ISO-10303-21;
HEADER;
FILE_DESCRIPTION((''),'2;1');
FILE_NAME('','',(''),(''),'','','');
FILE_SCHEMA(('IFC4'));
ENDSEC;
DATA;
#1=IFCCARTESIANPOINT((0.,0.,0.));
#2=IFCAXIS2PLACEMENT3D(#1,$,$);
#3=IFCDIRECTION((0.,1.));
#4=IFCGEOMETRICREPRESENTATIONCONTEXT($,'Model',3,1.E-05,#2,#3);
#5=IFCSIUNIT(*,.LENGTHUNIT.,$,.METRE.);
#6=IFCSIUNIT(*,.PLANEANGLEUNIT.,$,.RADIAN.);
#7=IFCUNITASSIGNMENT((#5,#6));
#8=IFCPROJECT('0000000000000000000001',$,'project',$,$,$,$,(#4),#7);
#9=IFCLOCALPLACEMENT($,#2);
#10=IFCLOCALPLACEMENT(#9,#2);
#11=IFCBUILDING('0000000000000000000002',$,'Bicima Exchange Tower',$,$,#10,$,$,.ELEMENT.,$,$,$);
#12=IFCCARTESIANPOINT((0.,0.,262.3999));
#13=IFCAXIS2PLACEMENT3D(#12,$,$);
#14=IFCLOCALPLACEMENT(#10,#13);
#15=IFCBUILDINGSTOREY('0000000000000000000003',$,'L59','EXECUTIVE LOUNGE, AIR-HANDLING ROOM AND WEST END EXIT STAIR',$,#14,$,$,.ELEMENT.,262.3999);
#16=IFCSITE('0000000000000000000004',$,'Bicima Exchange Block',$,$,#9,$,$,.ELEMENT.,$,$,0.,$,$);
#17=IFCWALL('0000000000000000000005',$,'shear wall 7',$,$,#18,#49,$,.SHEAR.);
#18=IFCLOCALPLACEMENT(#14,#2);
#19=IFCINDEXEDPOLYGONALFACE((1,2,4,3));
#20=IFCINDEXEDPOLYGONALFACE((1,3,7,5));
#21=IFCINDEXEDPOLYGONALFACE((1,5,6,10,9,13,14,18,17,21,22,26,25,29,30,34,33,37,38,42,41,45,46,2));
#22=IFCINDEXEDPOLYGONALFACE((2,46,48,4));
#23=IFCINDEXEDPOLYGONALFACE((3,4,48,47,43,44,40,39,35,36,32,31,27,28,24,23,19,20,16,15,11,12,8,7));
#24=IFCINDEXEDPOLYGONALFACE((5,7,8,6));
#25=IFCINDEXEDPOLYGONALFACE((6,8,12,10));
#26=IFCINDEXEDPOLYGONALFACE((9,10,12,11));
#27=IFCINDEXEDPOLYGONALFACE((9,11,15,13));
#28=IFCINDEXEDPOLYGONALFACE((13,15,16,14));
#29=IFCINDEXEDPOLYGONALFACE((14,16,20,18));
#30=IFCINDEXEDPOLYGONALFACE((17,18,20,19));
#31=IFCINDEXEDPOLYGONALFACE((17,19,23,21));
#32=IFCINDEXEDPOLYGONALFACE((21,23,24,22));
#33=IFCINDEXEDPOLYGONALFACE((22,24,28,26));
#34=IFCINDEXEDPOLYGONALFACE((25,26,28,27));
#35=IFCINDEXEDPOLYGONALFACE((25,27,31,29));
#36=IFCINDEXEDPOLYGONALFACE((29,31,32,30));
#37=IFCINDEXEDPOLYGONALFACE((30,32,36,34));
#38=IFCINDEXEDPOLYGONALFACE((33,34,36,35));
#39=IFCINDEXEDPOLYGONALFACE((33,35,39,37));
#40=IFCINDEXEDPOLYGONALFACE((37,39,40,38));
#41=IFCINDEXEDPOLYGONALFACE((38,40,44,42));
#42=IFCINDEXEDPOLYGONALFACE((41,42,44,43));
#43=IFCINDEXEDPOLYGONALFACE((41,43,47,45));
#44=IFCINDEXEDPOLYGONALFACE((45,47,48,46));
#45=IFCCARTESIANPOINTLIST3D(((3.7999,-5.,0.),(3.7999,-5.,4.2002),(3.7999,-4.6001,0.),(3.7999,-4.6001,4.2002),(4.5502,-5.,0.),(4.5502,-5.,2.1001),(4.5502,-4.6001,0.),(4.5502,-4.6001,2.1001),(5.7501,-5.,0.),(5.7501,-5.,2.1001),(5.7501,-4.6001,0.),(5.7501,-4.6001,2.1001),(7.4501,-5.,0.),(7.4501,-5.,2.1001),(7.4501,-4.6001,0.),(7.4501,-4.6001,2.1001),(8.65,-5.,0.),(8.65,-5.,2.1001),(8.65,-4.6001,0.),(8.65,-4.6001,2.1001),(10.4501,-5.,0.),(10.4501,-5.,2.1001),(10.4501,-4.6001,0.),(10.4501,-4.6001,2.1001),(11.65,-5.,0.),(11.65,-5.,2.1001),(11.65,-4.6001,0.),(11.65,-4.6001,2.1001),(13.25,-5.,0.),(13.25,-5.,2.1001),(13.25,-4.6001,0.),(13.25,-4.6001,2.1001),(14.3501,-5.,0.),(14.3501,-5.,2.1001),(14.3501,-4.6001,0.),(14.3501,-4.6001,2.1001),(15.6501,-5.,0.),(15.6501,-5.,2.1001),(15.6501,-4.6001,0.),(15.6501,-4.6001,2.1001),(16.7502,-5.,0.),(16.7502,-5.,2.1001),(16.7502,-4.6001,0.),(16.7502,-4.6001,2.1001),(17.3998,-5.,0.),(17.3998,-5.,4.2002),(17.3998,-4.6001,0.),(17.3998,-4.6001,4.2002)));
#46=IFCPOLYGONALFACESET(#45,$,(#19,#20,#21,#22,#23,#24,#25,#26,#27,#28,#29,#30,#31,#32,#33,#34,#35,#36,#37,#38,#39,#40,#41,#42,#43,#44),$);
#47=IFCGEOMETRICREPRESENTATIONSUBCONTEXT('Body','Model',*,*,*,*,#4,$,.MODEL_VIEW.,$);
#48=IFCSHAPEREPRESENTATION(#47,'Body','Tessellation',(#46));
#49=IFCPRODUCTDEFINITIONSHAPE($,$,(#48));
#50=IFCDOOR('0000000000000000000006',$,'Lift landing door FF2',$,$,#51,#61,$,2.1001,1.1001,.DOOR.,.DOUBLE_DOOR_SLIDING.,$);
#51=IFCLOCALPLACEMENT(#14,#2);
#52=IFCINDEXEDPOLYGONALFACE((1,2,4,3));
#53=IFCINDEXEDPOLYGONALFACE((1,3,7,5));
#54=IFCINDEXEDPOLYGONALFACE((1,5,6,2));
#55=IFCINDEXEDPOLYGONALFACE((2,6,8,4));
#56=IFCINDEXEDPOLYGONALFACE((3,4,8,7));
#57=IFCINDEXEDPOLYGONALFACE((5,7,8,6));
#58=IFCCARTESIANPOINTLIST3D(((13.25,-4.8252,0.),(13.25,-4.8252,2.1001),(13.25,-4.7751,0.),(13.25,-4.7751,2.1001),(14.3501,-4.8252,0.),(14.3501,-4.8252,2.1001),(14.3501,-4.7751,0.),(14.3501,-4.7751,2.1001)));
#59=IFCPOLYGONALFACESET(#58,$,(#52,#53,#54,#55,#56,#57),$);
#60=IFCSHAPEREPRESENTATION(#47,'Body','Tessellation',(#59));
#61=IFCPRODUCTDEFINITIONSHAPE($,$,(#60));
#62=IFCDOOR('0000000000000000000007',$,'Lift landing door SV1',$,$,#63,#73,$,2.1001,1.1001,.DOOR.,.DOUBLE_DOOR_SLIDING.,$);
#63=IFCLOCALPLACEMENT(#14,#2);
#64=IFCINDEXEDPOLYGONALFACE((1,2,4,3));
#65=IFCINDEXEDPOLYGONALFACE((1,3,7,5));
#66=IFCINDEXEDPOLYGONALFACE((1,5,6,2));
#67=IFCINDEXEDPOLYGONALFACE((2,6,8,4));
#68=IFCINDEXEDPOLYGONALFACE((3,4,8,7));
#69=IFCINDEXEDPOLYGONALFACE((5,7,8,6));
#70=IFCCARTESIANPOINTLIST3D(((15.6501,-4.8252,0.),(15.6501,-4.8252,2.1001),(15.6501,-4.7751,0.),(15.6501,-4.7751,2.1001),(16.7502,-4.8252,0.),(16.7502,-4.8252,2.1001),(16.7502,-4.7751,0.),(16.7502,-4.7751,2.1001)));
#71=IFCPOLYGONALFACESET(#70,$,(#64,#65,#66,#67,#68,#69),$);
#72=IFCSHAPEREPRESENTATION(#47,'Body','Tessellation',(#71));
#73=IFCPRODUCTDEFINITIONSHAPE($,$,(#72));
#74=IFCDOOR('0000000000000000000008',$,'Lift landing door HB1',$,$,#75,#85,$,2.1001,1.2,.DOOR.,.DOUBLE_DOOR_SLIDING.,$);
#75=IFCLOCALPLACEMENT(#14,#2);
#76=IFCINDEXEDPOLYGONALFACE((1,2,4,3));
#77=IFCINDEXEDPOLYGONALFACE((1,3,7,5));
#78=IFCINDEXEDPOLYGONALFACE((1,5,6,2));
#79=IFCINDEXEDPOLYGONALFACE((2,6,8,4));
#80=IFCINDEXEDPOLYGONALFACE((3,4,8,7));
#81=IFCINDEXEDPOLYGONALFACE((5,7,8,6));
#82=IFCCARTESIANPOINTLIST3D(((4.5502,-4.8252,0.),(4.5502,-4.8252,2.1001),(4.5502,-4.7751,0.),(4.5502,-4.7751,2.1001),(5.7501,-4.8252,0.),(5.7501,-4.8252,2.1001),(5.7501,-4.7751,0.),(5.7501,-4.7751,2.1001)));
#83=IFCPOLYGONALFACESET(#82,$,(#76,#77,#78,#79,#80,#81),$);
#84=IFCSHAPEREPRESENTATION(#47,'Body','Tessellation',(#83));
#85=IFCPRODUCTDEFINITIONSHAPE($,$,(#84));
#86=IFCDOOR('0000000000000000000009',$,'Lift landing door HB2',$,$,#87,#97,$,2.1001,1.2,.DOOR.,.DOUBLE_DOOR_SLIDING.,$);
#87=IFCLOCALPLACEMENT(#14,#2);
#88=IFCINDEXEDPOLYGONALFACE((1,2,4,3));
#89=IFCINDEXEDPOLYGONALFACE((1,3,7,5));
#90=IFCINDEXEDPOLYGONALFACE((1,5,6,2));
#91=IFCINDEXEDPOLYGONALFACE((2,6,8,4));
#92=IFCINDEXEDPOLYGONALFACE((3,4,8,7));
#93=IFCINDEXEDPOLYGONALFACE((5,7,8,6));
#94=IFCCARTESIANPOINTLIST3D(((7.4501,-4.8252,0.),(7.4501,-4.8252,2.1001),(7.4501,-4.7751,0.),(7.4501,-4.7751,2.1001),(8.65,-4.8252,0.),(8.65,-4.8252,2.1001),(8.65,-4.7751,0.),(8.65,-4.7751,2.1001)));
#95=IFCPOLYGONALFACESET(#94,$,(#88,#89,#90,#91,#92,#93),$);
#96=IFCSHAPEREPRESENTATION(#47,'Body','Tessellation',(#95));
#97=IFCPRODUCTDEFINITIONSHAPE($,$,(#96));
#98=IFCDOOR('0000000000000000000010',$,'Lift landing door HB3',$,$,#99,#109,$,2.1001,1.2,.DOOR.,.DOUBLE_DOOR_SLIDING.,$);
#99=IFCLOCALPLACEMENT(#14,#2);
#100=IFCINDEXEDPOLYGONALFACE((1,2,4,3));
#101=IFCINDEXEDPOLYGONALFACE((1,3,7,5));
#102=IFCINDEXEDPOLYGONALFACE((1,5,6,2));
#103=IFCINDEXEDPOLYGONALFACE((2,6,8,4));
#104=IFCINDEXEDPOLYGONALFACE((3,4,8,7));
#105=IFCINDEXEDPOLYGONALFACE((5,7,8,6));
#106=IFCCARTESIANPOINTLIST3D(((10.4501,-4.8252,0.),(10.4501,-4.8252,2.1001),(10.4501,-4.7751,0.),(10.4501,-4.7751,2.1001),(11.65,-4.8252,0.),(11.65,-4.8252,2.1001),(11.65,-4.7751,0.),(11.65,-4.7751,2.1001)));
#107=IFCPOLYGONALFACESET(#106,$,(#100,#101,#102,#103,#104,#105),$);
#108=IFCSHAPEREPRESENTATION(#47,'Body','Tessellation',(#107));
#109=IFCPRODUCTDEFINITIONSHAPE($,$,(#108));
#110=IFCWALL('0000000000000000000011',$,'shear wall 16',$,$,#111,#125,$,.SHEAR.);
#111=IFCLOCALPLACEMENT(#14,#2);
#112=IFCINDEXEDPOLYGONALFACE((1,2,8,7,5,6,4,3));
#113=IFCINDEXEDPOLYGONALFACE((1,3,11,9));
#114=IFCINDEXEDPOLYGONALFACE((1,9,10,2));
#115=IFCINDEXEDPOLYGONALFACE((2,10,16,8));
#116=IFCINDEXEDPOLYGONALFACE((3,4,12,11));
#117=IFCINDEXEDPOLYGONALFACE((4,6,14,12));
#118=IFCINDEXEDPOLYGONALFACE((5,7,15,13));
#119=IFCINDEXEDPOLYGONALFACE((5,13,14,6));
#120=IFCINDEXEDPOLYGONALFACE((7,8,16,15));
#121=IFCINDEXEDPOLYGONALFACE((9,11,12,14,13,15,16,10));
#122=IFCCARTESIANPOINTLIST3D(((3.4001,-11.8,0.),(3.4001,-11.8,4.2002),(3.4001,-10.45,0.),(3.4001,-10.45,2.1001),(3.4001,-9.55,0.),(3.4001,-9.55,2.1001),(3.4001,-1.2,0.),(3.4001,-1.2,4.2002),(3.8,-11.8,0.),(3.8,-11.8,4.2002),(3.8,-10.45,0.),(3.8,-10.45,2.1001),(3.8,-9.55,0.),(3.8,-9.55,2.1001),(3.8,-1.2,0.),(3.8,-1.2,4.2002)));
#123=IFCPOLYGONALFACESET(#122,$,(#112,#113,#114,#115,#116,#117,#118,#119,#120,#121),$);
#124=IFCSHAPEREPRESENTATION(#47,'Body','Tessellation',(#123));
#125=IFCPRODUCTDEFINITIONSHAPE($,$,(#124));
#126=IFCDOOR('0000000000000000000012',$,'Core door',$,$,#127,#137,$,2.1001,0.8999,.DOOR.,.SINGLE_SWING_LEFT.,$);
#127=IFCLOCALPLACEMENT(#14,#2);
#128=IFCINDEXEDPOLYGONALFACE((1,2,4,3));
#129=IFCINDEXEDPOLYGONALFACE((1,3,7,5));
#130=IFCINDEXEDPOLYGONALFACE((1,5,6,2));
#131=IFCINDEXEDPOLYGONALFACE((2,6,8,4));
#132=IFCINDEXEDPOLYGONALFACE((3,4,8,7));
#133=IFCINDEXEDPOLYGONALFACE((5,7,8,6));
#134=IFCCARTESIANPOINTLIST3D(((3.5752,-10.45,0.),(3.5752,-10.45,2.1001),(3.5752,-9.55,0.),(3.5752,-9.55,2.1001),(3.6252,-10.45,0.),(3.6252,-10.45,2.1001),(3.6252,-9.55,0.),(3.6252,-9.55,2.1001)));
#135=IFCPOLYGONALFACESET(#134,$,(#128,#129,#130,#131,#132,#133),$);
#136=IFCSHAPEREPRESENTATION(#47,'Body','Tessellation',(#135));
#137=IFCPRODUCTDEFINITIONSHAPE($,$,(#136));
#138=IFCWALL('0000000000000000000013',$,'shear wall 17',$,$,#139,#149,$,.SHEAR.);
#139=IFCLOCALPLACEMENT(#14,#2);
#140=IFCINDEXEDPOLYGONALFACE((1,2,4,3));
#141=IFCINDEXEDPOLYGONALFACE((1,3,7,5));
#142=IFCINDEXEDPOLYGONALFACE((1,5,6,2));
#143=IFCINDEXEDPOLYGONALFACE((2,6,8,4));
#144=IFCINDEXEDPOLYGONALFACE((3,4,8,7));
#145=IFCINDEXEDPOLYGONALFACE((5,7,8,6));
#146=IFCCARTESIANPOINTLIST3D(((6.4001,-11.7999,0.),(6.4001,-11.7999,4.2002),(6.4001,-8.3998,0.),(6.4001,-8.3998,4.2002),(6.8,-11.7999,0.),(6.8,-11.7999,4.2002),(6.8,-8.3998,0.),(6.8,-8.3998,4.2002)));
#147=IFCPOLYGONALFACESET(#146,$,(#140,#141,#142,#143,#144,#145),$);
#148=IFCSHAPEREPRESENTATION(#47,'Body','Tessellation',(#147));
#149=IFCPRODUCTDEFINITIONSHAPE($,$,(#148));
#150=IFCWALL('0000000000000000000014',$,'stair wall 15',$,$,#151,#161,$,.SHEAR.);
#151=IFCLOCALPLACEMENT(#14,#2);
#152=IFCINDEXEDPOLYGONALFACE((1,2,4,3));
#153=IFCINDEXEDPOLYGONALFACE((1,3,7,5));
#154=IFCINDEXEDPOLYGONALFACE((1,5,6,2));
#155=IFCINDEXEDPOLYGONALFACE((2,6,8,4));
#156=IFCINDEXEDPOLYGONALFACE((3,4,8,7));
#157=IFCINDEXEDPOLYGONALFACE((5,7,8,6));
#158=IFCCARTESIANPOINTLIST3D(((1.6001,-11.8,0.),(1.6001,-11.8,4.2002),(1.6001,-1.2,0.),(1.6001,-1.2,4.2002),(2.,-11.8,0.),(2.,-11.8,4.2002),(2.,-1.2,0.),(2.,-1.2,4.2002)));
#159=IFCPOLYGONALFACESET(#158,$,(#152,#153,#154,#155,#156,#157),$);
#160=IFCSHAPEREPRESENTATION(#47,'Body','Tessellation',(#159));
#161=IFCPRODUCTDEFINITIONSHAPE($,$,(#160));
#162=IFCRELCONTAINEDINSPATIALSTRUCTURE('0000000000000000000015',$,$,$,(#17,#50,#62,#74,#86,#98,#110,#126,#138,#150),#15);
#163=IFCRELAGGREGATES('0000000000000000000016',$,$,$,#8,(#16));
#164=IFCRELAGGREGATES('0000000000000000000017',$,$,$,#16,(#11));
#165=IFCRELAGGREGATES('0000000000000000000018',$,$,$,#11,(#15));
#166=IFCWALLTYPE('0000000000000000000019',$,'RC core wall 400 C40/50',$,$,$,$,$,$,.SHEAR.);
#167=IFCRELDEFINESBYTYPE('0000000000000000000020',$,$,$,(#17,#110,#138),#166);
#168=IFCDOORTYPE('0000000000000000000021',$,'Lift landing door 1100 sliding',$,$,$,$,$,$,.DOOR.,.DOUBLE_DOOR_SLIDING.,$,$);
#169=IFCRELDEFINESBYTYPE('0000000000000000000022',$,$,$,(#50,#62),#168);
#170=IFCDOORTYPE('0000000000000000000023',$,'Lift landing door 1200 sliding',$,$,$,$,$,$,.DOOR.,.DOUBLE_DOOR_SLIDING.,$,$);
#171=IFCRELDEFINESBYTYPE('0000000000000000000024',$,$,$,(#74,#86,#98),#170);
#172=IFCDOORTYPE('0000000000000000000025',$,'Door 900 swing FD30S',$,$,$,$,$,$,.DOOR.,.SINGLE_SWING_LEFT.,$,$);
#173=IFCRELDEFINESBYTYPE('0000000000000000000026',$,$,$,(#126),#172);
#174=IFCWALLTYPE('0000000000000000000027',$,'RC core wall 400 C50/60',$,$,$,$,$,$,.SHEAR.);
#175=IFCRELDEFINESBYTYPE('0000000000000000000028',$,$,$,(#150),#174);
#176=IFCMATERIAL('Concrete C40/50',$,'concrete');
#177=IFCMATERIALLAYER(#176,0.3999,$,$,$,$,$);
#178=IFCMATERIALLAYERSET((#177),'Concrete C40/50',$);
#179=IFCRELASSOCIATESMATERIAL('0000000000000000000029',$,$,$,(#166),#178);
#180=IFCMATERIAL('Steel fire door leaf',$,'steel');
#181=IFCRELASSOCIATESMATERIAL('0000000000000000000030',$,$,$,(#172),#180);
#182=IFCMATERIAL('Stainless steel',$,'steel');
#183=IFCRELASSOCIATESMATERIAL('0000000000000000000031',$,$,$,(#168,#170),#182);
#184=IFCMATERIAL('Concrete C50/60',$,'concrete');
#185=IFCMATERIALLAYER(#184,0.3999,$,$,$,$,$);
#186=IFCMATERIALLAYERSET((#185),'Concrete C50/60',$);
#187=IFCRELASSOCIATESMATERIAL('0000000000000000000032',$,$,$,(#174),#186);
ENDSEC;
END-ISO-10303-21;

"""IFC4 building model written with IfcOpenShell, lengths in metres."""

from ifc_helpers import new_model, si_unit, direction, frame, frame_2d, origin, place, context, subcontext, project, spatial, rectangle, extrude, material, layer, layer_set, type_object, element, fill, save


model = new_model("IFC4")

# Units and contexts
model_context = context("Model", 3, precision=1e-05, world=origin(), true_north=direction((0.0, 1.0)))
body_context = subcontext(model_context, "Body", "Model", "MODEL_VIEW")
ifc_project = project(units=[si_unit("LENGTHUNIT", "METRE"), si_unit("PLANEANGLEUNIT", "RADIAN")], contexts=[model_context])

# Site, building, storey
site_placement = place(None, origin())
site = spatial("IfcSite", under=ifc_project, at=site_placement, Name="Bicima Exchange Block", CompositionType="ELEMENT", RefElevation=0.0)
building_placement = place(site_placement, origin())
building = spatial("IfcBuilding", under=site, at=building_placement, Name="Bicima Exchange Tower", CompositionType="ELEMENT")
storey_placement = place(building_placement, frame((0.0, 0.0, 262.3999)))
storey = spatial("IfcBuildingStorey", under=building, at=storey_placement, Name="L59", Description="EXECUTIVE LOUNGE, AIR-HANDLING ROOM AND WEST END EXIT STAIR", CompositionType="ELEMENT", Elevation=262.3999)

# Shared definitions
ifc_material_1 = material(Name="Concrete C50/60", Category="concrete")

# Shared definitions
ifc_material_2 = material(Name="Concrete C40/50", Category="concrete")
ifc_layer_1 = layer(ifc_material_2, 0.3999)
ifc_layer_set_1 = layer_set([ifc_layer_1], Name="Concrete C40/50")
wall_type_1 = type_object("IfcWallType", Name="RC core wall 400 C40/50", PredefinedType="SHEAR", material=ifc_layer_set_1)
ifc_material_3 = material(Name="Steel fire door leaf", Category="steel")
door_type_1 = type_object("IfcDoorType", Name="Door 900 swing FD30S", OperationType="SINGLE_SWING_LEFT", PredefinedType="DOOR", material=ifc_material_3)

# Wall, openings, doors
wall_1_placement = place(storey_placement, frame((3.8, -4.8, 0.0), z_axis=(0.0, 0.0, 1.0), x_axis=(1.0, 0.0, 0.0)))
wall_1 = element("IfcWall", 1, at=wall_1_placement, inside=storey, type_object=wall_type_1, Name="shear wall 7", PredefinedType="SHEAR", context=body_context, shape_type="SweptSolid", body=[
    extrude(rectangle(XDim=13.5999, YDim=0.3999, at=frame_2d((6.7998, 0.0))), origin(), (0.0, 0.0, 1.0), 4.2002),
])
opening_1_placement = place(wall_1_placement, frame((0.75, 0.0, 0.0)))
opening_1 = element("IfcOpeningElement", 2, at=opening_1_placement, cuts=wall_1, PredefinedType="OPENING", context=body_context, shape_type="SweptSolid", body=[
    extrude(rectangle(XDim=1.2, YDim=2.1001, at=frame_2d((0.6001, 1.05))), frame((0.0, 0.2119, 0.0), z_axis=(0.0, -1.0, 0.0), x_axis=(1.0, 0.0, 0.0)), (0.0, 0.0, 1.0), 0.4238),
])
opening_2_placement = place(wall_1_placement, frame((3.6499, 0.0, 0.0)))
opening_2 = element("IfcOpeningElement", 3, at=opening_2_placement, cuts=wall_1, PredefinedType="OPENING", context=body_context, shape_type="SweptSolid", body=[
    extrude(rectangle(XDim=1.2, YDim=2.1001, at=frame_2d((0.6001, 1.05))), frame((0.0, 0.2119, 0.0), z_axis=(0.0, -1.0, 0.0), x_axis=(1.0, 0.0, 0.0)), (0.0, 0.0, 1.0), 0.4238),
])
opening_3_placement = place(wall_1_placement, frame((6.6499, 0.0, 0.0)))
opening_3 = element("IfcOpeningElement", 4, at=opening_3_placement, cuts=wall_1, PredefinedType="OPENING", context=body_context, shape_type="SweptSolid", body=[
    extrude(rectangle(XDim=1.2, YDim=2.1001, at=frame_2d((0.6001, 1.05))), frame((0.0, 0.2119, 0.0), z_axis=(0.0, -1.0, 0.0), x_axis=(1.0, 0.0, 0.0)), (0.0, 0.0, 1.0), 0.4238),
])
opening_4_placement = place(wall_1_placement, frame((9.45, 0.0, 0.0)))
opening_4 = element("IfcOpeningElement", 5, at=opening_4_placement, cuts=wall_1, PredefinedType="OPENING", context=body_context, shape_type="SweptSolid", body=[
    extrude(rectangle(XDim=1.1001, YDim=2.1001, at=frame_2d((0.55, 1.05))), frame((0.0, 0.2119, 0.0), z_axis=(0.0, -1.0, 0.0), x_axis=(1.0, 0.0, 0.0)), (0.0, 0.0, 1.0), 0.4238),
])
opening_5_placement = place(wall_1_placement, frame((11.8501, 0.0, 0.0)))
opening_5 = element("IfcOpeningElement", 6, at=opening_5_placement, cuts=wall_1, PredefinedType="OPENING", context=body_context, shape_type="SweptSolid", body=[
    extrude(rectangle(XDim=1.1001, YDim=2.1001, at=frame_2d((0.55, 1.05))), frame((0.0, 0.2119, 0.0), z_axis=(0.0, -1.0, 0.0), x_axis=(1.0, 0.0, 0.0)), (0.0, 0.0, 1.0), 0.4238),
])
ifc_material_4 = material(Name="Stainless steel", Category="steel")
door_type_2 = type_object("IfcDoorType", Name="Lift landing door 1100 sliding", OperationType="DOUBLE_DOOR_SLIDING", PredefinedType="DOOR", material=ifc_material_4)
door_1_placement = place(opening_4_placement, origin())
door_1 = element("IfcDoor", 7, at=door_1_placement, inside=storey, type_object=door_type_2, Name="Lift landing door FF2", OperationType="DOUBLE_DOOR_SLIDING", OverallHeight=2.1001, OverallWidth=1.1001, PredefinedType="DOOR", context=body_context, shape_type="SweptSolid", body=[
    extrude(rectangle(XDim=1.1001, YDim=2.1001, at=frame_2d((0.55, 1.05))), frame((0.0, 0.0249, 0.0), z_axis=(0.0, -1.0, 0.0), x_axis=(1.0, 0.0, 0.0)), (0.0, 0.0, 1.0), 0.05),
])
fill(opening_4, door_1)
door_2_placement = place(opening_5_placement, origin())
door_2 = element("IfcDoor", 8, at=door_2_placement, inside=storey, type_object=door_type_2, Name="Lift landing door SV1", OperationType="DOUBLE_DOOR_SLIDING", OverallHeight=2.1001, OverallWidth=1.1001, PredefinedType="DOOR", context=body_context, shape_type="SweptSolid", body=[
    extrude(rectangle(XDim=1.1001, YDim=2.1001, at=frame_2d((0.55, 1.05))), frame((0.0, 0.0249, 0.0), z_axis=(0.0, -1.0, 0.0), x_axis=(1.0, 0.0, 0.0)), (0.0, 0.0, 1.0), 0.05),
])
fill(opening_5, door_2)
door_type_3 = type_object("IfcDoorType", Name="Lift landing door 1200 sliding", OperationType="DOUBLE_DOOR_SLIDING", PredefinedType="DOOR", material=ifc_material_4)
door_3_placement = place(opening_1_placement, origin())
door_3 = element("IfcDoor", 9, at=door_3_placement, inside=storey, type_object=door_type_3, Name="Lift landing door HB1", OperationType="DOUBLE_DOOR_SLIDING", OverallHeight=2.1001, OverallWidth=1.2, PredefinedType="DOOR", context=body_context, shape_type="SweptSolid", body=[
    extrude(rectangle(XDim=1.2, YDim=2.1001, at=frame_2d((0.6001, 1.05))), frame((0.0, 0.0249, 0.0), z_axis=(0.0, -1.0, 0.0), x_axis=(1.0, 0.0, 0.0)), (0.0, 0.0, 1.0), 0.05),
])
fill(opening_1, door_3)
door_4_placement = place(opening_2_placement, origin())
door_4 = element("IfcDoor", 10, at=door_4_placement, inside=storey, type_object=door_type_3, Name="Lift landing door HB2", OperationType="DOUBLE_DOOR_SLIDING", OverallHeight=2.1001, OverallWidth=1.2, PredefinedType="DOOR", context=body_context, shape_type="SweptSolid", body=[
    extrude(rectangle(XDim=1.2, YDim=2.1001, at=frame_2d((0.6001, 1.05))), frame((0.0, 0.0249, 0.0), z_axis=(0.0, -1.0, 0.0), x_axis=(1.0, 0.0, 0.0)), (0.0, 0.0, 1.0), 0.05),
])
fill(opening_2, door_4)
door_5_placement = place(opening_3_placement, origin())
door_5 = element("IfcDoor", 11, at=door_5_placement, inside=storey, type_object=door_type_3, Name="Lift landing door HB3", OperationType="DOUBLE_DOOR_SLIDING", OverallHeight=2.1001, OverallWidth=1.2, PredefinedType="DOOR", context=body_context, shape_type="SweptSolid", body=[
    extrude(rectangle(XDim=1.2, YDim=2.1001, at=frame_2d((0.6001, 1.05))), frame((0.0, 0.0249, 0.0), z_axis=(0.0, -1.0, 0.0), x_axis=(1.0, 0.0, 0.0)), (0.0, 0.0, 1.0), 0.05),
])
fill(opening_3, door_5)

# Wall, opening, door
wall_2_placement = place(storey_placement, frame((3.6001, -11.8, 0.0), z_axis=(0.0, 0.0, 1.0), x_axis=(0.0, 1.0, 0.0)))
wall_2 = element("IfcWall", 12, at=wall_2_placement, inside=storey, type_object=wall_type_1, Name="shear wall 16", PredefinedType="SHEAR", context=body_context, shape_type="SweptSolid", body=[
    extrude(rectangle(XDim=10.6001, YDim=0.3999, at=frame_2d((5.3, 0.0))), origin(), (0.0, 0.0, 1.0), 4.2002),
])
opening_6_placement = place(wall_2_placement, frame((1.3501, 0.0, 0.0)))
opening_6 = element("IfcOpeningElement", 13, at=opening_6_placement, cuts=wall_2, PredefinedType="OPENING", context=body_context, shape_type="SweptSolid", body=[
    extrude(rectangle(XDim=0.8999, YDim=2.1001, at=frame_2d((0.45, 1.05))), frame((0.0, 0.2119, 0.0), z_axis=(0.0, -1.0, 0.0), x_axis=(1.0, 0.0, 0.0)), (0.0, 0.0, 1.0), 0.4238),
])
door_6_placement = place(opening_6_placement, origin())
door_6 = element("IfcDoor", 14, at=door_6_placement, inside=storey, type_object=door_type_1, Name="Core door", OperationType="SINGLE_SWING_LEFT", OverallHeight=2.1001, OverallWidth=0.8999, PredefinedType="DOOR", context=body_context, shape_type="SweptSolid", body=[
    extrude(rectangle(XDim=0.8999, YDim=2.1001, at=frame_2d((0.45, 1.05))), frame((0.0, 0.0249, 0.0), z_axis=(0.0, -1.0, 0.0), x_axis=(1.0, 0.0, 0.0)), (0.0, 0.0, 1.0), 0.05),
])
fill(opening_6, door_6)

# Walls
wall_3_placement = place(storey_placement, frame((6.6001, -11.8, 0.0), z_axis=(0.0, 0.0, 1.0), x_axis=(0.0, 1.0, 0.0)))
element("IfcWall", 15, at=wall_3_placement, inside=storey, type_object=wall_type_1, Name="shear wall 17", PredefinedType="SHEAR", context=body_context, shape_type="SweptSolid", body=[
    extrude(rectangle(XDim=3.4001, YDim=0.3999, at=frame_2d((1.7002, 0.0))), origin(), (0.0, 0.0, 1.0), 4.2002),
])
ifc_layer_2 = layer(ifc_material_1, 0.3999)
ifc_layer_set_2 = layer_set([ifc_layer_2], Name="Concrete C50/60")
wall_type_2 = type_object("IfcWallType", Name="RC core wall 400 C50/60", PredefinedType="SHEAR", material=ifc_layer_set_2)
wall_4_placement = place(storey_placement, frame((1.8, -11.8, 0.0), z_axis=(0.0, 0.0, 1.0), x_axis=(0.0, 1.0, 0.0)))
element("IfcWall", 16, at=wall_4_placement, inside=storey, type_object=wall_type_2, Name="stair wall 15", PredefinedType="SHEAR", context=body_context, shape_type="SweptSolid", body=[
    extrude(rectangle(XDim=10.6001, YDim=0.3999, at=frame_2d((5.3, 0.0))), origin(), (0.0, 0.0, 1.0), 4.2002),
])

save(model, "model.ifc")
